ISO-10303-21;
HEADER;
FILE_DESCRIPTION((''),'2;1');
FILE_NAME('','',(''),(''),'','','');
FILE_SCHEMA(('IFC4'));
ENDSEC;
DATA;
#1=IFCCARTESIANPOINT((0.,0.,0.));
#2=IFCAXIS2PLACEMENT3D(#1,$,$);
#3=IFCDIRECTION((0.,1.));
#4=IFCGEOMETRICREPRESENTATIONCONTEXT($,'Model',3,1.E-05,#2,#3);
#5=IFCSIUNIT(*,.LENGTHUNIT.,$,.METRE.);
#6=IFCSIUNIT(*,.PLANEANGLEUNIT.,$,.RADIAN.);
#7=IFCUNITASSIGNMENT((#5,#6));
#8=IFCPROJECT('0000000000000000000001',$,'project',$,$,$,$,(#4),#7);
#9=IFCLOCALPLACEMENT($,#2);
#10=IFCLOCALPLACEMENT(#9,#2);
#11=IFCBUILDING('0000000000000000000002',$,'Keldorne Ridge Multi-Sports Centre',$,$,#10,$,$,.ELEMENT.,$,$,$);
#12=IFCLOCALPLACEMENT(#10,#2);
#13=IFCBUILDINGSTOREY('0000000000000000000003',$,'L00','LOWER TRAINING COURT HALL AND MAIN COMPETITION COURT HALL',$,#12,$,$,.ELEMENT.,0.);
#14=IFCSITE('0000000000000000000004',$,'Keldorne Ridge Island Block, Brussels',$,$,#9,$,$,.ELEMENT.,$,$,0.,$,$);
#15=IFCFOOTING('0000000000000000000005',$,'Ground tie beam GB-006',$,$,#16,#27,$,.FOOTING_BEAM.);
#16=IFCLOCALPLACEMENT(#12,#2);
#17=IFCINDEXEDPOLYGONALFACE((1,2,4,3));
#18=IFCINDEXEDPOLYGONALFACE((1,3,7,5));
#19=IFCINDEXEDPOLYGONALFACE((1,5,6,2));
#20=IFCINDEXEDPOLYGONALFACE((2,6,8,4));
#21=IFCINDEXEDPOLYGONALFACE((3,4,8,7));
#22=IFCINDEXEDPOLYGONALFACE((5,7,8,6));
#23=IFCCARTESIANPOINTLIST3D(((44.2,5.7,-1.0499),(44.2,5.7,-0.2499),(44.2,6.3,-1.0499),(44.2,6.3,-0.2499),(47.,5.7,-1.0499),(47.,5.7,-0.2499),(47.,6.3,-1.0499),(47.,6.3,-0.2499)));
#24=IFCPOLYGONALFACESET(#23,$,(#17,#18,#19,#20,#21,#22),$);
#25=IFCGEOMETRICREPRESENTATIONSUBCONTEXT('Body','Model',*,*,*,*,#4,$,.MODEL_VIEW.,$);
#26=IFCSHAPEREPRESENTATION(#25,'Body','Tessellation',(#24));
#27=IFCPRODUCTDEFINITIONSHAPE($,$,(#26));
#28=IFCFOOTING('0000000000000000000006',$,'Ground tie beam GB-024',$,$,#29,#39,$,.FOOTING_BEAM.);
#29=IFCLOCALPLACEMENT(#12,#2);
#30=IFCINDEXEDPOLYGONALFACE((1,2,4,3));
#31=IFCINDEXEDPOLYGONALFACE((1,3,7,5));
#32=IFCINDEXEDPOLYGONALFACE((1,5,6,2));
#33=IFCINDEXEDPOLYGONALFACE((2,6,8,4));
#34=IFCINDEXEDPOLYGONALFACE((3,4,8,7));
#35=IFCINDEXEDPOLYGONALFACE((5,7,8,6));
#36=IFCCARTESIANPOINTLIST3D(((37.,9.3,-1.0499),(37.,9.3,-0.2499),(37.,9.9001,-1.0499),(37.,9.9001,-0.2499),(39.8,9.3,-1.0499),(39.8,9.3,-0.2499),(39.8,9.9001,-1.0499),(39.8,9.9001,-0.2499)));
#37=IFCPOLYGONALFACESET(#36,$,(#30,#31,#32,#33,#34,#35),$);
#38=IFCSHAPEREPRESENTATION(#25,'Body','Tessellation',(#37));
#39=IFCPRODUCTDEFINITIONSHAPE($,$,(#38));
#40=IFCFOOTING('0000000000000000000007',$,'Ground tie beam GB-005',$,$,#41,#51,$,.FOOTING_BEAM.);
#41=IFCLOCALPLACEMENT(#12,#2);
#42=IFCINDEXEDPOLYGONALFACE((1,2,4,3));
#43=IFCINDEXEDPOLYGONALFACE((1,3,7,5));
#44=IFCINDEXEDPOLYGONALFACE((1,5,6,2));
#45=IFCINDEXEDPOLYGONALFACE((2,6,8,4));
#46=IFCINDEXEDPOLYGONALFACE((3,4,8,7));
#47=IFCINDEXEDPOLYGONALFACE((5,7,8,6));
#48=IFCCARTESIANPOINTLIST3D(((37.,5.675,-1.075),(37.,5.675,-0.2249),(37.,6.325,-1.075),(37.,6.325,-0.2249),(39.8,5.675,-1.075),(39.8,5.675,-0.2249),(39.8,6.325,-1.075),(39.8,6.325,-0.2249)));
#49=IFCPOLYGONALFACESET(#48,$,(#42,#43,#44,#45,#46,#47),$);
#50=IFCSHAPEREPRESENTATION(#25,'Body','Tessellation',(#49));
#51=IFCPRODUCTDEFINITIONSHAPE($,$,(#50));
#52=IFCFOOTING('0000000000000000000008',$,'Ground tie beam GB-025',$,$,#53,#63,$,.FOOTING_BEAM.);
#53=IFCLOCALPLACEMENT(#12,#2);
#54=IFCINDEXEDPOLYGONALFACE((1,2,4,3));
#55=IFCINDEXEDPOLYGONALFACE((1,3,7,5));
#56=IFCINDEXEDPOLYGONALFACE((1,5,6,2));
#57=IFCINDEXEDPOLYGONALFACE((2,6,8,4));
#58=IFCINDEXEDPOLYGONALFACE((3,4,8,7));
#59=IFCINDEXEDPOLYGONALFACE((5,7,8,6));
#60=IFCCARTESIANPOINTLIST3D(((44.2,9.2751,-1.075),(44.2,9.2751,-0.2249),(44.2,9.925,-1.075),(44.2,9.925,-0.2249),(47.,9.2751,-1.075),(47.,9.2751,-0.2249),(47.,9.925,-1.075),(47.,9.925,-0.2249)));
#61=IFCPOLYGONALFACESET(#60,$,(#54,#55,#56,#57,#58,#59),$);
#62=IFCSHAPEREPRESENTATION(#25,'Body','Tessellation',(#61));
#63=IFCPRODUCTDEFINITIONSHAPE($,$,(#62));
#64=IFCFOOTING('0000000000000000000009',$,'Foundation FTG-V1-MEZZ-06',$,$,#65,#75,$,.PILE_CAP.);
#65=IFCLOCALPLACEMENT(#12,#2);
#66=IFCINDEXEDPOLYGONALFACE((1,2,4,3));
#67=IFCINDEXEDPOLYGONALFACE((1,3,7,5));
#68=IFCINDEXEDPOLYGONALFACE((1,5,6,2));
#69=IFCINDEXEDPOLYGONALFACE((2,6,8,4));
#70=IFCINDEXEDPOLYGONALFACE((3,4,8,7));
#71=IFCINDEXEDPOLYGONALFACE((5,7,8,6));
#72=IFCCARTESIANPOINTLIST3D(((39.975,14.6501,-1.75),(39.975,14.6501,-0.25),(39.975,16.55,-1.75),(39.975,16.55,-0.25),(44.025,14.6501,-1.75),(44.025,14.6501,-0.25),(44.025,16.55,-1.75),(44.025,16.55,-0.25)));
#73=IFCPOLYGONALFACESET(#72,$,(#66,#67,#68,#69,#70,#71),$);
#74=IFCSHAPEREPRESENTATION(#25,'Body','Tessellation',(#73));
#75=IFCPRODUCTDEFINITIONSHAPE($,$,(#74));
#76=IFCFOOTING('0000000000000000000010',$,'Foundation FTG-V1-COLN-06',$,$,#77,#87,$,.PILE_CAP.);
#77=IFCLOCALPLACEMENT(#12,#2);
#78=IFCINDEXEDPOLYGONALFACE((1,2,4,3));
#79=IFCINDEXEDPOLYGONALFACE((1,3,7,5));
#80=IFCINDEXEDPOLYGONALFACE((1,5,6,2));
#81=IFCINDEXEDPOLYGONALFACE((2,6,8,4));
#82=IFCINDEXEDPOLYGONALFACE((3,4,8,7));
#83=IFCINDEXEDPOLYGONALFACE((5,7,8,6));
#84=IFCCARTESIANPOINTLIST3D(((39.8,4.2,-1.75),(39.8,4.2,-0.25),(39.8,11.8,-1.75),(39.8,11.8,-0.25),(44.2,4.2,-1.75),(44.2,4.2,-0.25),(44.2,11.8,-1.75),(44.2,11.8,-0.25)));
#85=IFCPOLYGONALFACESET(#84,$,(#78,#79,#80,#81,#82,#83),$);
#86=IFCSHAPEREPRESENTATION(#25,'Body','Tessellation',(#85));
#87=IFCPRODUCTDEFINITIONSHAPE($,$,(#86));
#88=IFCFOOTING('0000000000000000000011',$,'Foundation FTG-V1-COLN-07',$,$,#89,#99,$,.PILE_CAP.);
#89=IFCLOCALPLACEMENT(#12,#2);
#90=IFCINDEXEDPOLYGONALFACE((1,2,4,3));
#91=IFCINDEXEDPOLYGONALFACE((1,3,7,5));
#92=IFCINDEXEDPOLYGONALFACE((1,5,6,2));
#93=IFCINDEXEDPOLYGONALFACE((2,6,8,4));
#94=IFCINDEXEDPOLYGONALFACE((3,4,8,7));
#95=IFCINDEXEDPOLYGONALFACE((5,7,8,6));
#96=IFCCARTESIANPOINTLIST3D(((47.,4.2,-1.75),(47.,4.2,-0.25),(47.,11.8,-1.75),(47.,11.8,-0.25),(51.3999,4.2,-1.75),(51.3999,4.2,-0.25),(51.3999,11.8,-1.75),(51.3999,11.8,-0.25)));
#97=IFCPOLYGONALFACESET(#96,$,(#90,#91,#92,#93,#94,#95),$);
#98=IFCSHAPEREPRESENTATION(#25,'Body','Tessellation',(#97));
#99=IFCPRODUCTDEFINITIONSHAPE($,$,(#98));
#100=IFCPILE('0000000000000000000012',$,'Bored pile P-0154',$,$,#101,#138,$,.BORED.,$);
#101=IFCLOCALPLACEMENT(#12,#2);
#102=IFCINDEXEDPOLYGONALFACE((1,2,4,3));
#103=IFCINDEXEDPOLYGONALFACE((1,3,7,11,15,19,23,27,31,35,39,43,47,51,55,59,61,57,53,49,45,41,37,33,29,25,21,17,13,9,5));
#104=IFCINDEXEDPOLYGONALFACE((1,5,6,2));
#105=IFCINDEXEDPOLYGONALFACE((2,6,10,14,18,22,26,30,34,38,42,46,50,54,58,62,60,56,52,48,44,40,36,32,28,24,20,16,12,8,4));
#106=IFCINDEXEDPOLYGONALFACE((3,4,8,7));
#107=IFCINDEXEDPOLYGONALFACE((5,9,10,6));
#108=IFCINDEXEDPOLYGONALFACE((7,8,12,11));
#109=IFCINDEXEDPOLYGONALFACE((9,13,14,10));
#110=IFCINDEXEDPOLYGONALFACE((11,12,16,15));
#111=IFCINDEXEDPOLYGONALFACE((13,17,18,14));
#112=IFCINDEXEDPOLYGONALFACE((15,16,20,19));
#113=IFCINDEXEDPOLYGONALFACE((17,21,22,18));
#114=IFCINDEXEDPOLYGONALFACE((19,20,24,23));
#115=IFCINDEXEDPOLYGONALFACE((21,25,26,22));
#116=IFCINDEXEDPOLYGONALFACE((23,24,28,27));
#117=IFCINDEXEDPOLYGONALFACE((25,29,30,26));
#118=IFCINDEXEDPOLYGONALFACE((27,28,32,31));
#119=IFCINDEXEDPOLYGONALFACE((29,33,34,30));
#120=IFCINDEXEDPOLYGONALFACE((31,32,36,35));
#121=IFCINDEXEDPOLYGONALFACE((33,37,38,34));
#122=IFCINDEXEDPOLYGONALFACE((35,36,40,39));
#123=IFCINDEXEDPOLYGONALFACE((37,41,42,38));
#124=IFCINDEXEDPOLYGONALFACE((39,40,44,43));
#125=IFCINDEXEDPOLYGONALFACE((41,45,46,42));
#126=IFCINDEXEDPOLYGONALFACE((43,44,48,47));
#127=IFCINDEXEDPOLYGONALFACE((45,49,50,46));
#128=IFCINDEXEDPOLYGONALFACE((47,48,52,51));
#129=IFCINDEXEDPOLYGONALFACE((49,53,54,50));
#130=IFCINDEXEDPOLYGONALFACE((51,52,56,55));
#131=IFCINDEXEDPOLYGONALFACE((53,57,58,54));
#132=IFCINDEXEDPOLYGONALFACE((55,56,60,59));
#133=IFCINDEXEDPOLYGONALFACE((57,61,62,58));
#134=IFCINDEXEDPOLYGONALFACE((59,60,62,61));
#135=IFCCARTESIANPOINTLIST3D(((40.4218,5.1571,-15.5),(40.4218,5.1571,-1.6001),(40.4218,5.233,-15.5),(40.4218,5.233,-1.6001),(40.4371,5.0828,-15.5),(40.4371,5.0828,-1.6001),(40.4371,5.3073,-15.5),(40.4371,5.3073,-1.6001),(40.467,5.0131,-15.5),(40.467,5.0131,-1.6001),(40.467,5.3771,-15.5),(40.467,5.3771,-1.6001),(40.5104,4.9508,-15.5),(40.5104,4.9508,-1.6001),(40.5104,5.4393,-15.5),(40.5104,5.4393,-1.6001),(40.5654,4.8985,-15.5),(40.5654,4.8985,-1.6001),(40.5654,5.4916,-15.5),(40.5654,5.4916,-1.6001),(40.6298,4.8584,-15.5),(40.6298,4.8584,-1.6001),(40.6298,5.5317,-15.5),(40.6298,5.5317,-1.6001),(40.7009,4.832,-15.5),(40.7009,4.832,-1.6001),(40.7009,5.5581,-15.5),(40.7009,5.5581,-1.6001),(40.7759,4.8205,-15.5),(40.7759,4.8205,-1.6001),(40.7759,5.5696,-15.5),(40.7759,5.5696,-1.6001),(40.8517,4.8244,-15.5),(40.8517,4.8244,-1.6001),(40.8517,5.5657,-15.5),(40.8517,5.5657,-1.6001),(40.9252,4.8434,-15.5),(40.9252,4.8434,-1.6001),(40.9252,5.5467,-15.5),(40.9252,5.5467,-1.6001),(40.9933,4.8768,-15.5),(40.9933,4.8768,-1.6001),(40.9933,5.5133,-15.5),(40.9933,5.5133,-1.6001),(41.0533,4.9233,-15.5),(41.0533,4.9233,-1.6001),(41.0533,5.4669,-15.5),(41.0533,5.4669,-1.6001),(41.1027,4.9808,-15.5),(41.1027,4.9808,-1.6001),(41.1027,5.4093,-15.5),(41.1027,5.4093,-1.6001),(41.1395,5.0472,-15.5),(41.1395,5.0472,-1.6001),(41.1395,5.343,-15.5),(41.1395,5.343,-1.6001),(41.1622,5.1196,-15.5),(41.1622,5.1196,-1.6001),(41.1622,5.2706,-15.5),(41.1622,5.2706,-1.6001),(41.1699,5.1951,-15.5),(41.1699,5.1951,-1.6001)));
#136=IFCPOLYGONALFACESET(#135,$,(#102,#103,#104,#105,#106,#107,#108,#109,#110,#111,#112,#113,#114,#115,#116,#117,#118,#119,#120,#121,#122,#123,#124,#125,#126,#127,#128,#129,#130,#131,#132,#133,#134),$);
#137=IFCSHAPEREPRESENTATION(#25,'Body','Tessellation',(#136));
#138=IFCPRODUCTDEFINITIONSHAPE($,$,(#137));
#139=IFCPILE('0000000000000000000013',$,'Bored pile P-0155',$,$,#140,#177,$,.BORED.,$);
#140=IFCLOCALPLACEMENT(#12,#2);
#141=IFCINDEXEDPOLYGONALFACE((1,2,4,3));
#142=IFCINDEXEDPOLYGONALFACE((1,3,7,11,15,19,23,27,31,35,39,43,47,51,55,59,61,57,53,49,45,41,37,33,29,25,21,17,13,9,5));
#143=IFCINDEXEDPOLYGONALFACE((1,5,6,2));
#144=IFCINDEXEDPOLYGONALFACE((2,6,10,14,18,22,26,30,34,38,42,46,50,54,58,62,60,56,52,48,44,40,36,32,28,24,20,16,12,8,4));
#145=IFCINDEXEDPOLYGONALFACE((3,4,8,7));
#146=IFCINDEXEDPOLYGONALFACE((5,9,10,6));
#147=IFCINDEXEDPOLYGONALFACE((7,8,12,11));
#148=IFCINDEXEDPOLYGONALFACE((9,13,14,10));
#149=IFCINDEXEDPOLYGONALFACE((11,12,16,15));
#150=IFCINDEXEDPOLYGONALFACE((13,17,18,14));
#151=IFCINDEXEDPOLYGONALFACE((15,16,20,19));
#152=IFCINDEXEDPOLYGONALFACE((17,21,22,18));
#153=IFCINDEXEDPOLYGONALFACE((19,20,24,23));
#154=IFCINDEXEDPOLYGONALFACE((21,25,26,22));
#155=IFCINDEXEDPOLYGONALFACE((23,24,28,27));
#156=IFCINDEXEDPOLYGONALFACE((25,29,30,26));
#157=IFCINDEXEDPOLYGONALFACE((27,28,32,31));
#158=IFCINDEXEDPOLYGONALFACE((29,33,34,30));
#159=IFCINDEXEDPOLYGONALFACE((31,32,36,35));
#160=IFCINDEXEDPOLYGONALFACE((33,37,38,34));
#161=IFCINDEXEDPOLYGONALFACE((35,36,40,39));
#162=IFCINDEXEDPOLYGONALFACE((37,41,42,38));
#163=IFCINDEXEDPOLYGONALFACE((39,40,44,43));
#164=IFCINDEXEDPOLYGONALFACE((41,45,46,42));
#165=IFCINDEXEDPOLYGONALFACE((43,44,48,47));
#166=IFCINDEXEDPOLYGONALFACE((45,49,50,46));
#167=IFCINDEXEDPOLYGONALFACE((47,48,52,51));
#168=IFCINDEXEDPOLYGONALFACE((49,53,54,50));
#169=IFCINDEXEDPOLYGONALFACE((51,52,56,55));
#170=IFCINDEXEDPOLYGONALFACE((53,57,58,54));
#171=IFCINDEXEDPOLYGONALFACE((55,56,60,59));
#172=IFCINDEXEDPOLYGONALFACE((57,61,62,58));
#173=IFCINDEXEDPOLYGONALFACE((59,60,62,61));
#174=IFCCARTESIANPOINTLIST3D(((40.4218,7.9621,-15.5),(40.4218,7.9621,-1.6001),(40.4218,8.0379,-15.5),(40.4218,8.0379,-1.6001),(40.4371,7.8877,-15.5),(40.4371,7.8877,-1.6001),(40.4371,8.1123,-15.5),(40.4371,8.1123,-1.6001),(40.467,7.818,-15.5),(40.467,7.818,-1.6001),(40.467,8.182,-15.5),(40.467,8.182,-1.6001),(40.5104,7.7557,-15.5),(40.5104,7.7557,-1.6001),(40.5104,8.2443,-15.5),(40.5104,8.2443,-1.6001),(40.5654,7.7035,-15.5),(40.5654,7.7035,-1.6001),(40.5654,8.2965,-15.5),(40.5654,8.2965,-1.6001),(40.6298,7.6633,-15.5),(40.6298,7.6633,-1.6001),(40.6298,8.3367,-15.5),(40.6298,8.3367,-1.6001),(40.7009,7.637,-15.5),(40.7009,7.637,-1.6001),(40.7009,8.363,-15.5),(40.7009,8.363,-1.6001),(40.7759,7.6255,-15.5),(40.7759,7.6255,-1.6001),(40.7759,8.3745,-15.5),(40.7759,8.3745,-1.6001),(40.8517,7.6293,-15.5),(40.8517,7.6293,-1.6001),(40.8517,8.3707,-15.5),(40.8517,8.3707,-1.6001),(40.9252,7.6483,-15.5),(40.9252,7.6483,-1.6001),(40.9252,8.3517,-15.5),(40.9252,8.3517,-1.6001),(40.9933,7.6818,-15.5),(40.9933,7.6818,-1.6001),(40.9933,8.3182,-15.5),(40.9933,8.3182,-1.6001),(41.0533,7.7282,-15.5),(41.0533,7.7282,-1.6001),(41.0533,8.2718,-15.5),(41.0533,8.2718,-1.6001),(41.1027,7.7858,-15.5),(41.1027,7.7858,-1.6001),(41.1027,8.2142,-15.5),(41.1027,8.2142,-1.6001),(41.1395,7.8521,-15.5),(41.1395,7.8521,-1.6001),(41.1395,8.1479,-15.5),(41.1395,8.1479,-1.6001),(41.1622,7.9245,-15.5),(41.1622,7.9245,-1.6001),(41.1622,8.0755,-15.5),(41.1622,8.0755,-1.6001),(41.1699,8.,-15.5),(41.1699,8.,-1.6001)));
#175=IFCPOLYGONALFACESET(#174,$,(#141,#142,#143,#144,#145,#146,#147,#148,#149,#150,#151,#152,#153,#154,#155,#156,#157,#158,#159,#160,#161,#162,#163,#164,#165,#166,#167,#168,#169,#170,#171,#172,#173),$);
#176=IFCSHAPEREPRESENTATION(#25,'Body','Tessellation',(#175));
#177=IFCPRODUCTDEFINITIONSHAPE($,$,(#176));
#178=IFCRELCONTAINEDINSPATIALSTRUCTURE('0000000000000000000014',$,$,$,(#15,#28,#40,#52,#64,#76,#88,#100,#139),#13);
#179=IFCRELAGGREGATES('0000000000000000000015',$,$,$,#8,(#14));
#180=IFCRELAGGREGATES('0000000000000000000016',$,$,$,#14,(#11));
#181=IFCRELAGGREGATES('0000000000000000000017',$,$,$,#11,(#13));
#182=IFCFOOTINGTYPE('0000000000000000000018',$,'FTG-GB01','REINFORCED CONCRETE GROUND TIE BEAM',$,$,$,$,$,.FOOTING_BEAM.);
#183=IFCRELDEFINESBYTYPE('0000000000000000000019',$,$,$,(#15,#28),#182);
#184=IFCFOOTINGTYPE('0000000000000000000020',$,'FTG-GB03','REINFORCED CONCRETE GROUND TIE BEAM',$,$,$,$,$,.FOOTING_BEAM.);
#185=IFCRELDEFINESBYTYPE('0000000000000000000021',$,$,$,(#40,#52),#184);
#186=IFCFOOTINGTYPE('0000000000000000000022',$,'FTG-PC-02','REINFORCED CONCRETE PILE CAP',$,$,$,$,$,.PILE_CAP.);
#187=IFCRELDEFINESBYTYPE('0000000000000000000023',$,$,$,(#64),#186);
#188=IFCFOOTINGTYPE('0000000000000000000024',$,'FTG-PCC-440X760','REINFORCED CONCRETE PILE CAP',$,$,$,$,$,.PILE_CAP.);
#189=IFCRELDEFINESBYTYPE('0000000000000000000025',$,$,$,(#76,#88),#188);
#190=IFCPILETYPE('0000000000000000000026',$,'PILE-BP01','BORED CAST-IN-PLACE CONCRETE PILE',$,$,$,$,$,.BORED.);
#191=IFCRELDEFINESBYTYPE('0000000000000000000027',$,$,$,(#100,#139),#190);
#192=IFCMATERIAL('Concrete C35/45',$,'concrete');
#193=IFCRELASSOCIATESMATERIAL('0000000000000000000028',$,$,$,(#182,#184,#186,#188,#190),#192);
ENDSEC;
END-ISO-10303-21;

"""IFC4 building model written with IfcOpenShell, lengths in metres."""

from ifc_helpers import new_model, si_unit, direction, frame, origin, origin_2d, place, context, subcontext, project, spatial, rectangle, circle, extrude, material, material_profile, profile_set, type_object, element, save


model = new_model("IFC4")

# Units and contexts
model_context = context("Model", 3, precision=1e-05, world=origin(), true_north=direction((0.0, 1.0)))
body_context = subcontext(model_context, "Body", "Model", "MODEL_VIEW")
ifc_project = project(units=[si_unit("LENGTHUNIT", "METRE"), si_unit("PLANEANGLEUNIT", "RADIAN")], contexts=[model_context])

# Site, building, storey
site_placement = place(None, origin())
site = spatial("IfcSite", under=ifc_project, at=site_placement, Name="Keldorne Ridge Island Block, Brussels", CompositionType="ELEMENT", RefElevation=0.0)
building_placement = place(site_placement, origin())
building = spatial("IfcBuilding", under=site, at=building_placement, Name="Keldorne Ridge Multi-Sports Centre", CompositionType="ELEMENT")
storey_placement = place(building_placement, origin())
storey = spatial("IfcBuildingStorey", under=building, at=storey_placement, Name="L00", Description="LOWER TRAINING COURT HALL AND MAIN COMPETITION COURT HALL", CompositionType="ELEMENT", Elevation=0.0)

# Footings
ifc_material_1 = material(Name="Concrete C35/45", Category="concrete")
ifc_material_profile_1 = material_profile(ifc_material_1, rectangle(XDim=0.6001, YDim=0.8, at=origin_2d()), Name="GB 600x800")
ifc_profile_set_1 = profile_set([ifc_material_profile_1], Name="Concrete C35/45")
footing_type_1 = type_object("IfcFootingType", Name="FTG-GB01", Description="REINFORCED CONCRETE GROUND TIE BEAM", PredefinedType="FOOTING_BEAM", material=ifc_profile_set_1)
for number, where, z_axis, x_axis, name in (
    (1, (44.2, 6.0, -0.6499), (1.0, 0.0, 0.0), (0.0, 1.0, 0.0), "Ground tie beam GB-006"),
    (2, (37.0, 9.6001, -0.6499), (1.0, 0.0, 0.0), (0.0, 1.0, 0.0), "Ground tie beam GB-024"),
):
    element("IfcFooting", number, at=place(storey_placement, frame(where, z_axis=z_axis, x_axis=x_axis)), inside=storey, type_object=footing_type_1, Name=name, PredefinedType="FOOTING_BEAM", context=body_context, shape_type="SweptSolid", body=[
        extrude(rectangle(XDim=0.6001, YDim=0.8, at=origin_2d()), origin(), (0.0, 0.0, 1.0), 2.8),
    ])
ifc_material_profile_2 = material_profile(ifc_material_1, rectangle(XDim=0.6499, YDim=0.8501, at=origin_2d()), Name="GB 650x850")
ifc_profile_set_2 = profile_set([ifc_material_profile_2], Name="Concrete C35/45")
footing_type_2 = type_object("IfcFootingType", Name="FTG-GB03", Description="REINFORCED CONCRETE GROUND TIE BEAM", PredefinedType="FOOTING_BEAM", material=ifc_profile_set_2)
for number, where, z_axis, x_axis, name in (
    (3, (37.0, 6.0, -0.6499), (1.0, 0.0, 0.0), (0.0, 1.0, 0.0), "Ground tie beam GB-005"),
    (4, (44.2, 9.6001, -0.6499), (1.0, 0.0, 0.0), (0.0, 1.0, 0.0), "Ground tie beam GB-025"),
):
    element("IfcFooting", number, at=place(storey_placement, frame(where, z_axis=z_axis, x_axis=x_axis)), inside=storey, type_object=footing_type_2, Name=name, PredefinedType="FOOTING_BEAM", context=body_context, shape_type="SweptSolid", body=[
        extrude(rectangle(XDim=0.6499, YDim=0.8501, at=origin_2d()), origin(), (0.0, 0.0, 1.0), 2.8),
    ])
footing_type_3 = type_object("IfcFootingType", Name="FTG-PC-02", Description="REINFORCED CONCRETE PILE CAP", PredefinedType="PILE_CAP", material=ifc_material_1)
footing_placement = place(storey_placement, frame((42.0, 15.6001, -1.75), z_axis=(0.0, 0.0, 1.0), x_axis=(1.0, 0.0, 0.0)))
element("IfcFooting", 5, at=footing_placement, inside=storey, type_object=footing_type_3, Name="Foundation FTG-V1-MEZZ-06", PredefinedType="PILE_CAP", context=body_context, shape_type="SweptSolid", body=[
    extrude(rectangle(XDim=4.05, YDim=1.8999, at=origin_2d()), origin(), (0.0, 0.0, 1.0), 1.5),
])
footing_type_4 = type_object("IfcFootingType", Name="FTG-PCC-440X760", Description="REINFORCED CONCRETE PILE CAP", PredefinedType="PILE_CAP", material=ifc_material_1)
for number, where, z_axis, x_axis, name in (
    (6, (42.0, 8.0, -1.75), (0.0, 0.0, 1.0), (1.0, 0.0, 0.0), "Foundation FTG-V1-COLN-06"),
    (7, (49.2, 8.0, -1.75), (0.0, 0.0, 1.0), (1.0, 0.0, 0.0), "Foundation FTG-V1-COLN-07"),
):
    element("IfcFooting", number, at=place(storey_placement, frame(where, z_axis=z_axis, x_axis=x_axis)), inside=storey, type_object=footing_type_4, Name=name, PredefinedType="PILE_CAP", context=body_context, shape_type="SweptSolid", body=[
        extrude(rectangle(XDim=4.3999, YDim=7.6001, at=origin_2d()), origin(), (0.0, 0.0, 1.0), 1.5),
    ])

# Piles
ifc_material_profile_3 = material_profile(ifc_material_1, circle(Radius=0.375, at=origin_2d()), Name="BORED PILE D750")
ifc_profile_set_3 = profile_set([ifc_material_profile_3], Name="Concrete C35/45")
pile_type = type_object("IfcPileType", Name="PILE-BP01", Description="BORED CAST-IN-PLACE CONCRETE PILE", PredefinedType="BORED", material=ifc_profile_set_3)
for number, where, z_axis, x_axis, name in (
    (8, (40.7949, 5.1951, -1.6001), (0.0, 0.0, -1.0), (1.0, 0.0, 0.0), "Bored pile P-0154"),
    (9, (40.7949, 8.0, -1.6001), (0.0, 0.0, -1.0), (1.0, 0.0, 0.0), "Bored pile P-0155"),
):
    element("IfcPile", number, at=place(storey_placement, frame(where, z_axis=z_axis, x_axis=x_axis)), inside=storey, type_object=pile_type, Name=name, PredefinedType="BORED", context=body_context, shape_type="SweptSolid", body=[
        extrude(circle(Radius=0.375, at=origin_2d()), origin(), (0.0, 0.0, 1.0), 13.8999),
    ])

save(model, "model.ifc")
